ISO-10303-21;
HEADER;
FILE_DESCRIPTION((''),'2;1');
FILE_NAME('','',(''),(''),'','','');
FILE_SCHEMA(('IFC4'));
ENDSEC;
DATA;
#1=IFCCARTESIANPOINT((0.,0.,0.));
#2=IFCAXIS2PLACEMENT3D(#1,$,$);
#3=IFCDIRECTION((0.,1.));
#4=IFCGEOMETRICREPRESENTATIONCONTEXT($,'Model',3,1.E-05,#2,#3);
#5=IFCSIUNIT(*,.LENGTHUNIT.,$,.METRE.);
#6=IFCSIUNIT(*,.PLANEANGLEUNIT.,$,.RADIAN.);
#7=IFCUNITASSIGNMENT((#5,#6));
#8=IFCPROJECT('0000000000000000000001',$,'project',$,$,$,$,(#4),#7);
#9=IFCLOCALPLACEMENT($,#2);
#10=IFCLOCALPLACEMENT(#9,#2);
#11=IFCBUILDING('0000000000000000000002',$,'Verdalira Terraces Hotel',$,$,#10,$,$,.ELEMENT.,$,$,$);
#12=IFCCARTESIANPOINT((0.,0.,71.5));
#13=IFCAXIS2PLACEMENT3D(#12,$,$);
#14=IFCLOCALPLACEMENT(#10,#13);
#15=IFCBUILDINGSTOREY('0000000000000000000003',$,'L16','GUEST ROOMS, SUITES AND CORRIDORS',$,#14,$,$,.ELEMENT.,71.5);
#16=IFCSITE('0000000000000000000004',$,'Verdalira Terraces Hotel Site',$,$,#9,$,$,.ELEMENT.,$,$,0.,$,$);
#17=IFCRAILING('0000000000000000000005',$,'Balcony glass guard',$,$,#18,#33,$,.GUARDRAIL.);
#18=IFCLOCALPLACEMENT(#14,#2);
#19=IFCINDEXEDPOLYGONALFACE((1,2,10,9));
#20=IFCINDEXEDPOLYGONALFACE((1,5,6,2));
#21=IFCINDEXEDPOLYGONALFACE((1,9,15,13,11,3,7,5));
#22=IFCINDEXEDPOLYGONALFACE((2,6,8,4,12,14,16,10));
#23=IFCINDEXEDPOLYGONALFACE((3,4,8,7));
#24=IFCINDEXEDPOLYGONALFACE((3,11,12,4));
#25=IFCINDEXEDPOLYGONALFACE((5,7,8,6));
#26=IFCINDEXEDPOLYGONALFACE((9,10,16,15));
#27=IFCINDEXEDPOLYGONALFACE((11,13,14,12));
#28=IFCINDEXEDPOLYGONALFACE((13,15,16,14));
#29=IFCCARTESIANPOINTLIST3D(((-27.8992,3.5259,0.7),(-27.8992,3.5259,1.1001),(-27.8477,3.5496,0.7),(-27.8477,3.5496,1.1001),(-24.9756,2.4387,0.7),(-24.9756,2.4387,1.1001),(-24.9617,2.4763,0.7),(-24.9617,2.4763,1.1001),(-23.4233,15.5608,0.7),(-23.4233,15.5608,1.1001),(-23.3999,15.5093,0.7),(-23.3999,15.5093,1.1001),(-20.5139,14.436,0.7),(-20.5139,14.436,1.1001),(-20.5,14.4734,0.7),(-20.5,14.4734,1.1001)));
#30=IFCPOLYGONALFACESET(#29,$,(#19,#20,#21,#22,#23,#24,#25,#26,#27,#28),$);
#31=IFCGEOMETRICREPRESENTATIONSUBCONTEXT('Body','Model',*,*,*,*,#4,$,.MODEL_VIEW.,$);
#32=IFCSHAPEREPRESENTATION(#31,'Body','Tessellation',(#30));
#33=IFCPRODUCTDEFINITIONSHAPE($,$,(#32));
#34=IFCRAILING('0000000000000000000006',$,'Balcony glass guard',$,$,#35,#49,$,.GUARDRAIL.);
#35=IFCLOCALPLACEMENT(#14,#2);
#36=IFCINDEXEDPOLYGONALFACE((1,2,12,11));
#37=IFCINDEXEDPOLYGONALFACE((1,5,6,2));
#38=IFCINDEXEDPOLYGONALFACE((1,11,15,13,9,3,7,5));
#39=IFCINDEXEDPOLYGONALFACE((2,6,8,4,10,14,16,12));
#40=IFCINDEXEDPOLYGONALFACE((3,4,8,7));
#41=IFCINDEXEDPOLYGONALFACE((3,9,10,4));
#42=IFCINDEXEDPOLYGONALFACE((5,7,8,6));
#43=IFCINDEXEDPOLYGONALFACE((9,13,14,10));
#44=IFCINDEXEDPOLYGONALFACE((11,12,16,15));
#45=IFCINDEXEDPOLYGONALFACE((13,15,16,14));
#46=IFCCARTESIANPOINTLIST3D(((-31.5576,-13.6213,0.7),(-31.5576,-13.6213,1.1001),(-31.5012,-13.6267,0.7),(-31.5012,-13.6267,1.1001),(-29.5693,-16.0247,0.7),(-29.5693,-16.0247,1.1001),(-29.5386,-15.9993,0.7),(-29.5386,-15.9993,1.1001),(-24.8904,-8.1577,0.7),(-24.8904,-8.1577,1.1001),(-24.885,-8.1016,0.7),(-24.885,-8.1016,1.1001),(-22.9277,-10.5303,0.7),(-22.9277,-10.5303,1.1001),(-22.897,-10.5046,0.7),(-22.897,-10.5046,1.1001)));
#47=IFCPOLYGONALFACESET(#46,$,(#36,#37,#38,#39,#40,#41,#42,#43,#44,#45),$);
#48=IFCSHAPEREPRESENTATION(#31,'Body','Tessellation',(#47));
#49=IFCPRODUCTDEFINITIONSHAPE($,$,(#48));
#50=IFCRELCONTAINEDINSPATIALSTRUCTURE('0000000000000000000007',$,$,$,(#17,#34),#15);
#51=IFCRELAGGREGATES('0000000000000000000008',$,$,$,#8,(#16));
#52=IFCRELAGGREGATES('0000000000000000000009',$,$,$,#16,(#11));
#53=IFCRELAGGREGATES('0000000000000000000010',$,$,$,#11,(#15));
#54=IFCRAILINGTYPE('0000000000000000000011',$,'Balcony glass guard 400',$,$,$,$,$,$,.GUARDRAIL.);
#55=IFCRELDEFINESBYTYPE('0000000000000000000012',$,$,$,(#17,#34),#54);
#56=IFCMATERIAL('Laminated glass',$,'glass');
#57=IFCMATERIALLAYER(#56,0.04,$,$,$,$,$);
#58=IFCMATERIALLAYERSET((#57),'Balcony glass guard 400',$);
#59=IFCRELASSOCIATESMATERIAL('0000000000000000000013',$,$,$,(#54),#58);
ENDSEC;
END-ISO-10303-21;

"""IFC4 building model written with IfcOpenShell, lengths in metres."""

from ifc_helpers import new_model, si_unit, direction, frame, origin, place, context, subcontext, project, spatial, polyline, outline, extrude, material, layer, layer_set, type_object, element, save


model = new_model("IFC4")

# Units and contexts
model_context = context("Model", 3, precision=1e-05, world=origin(), true_north=direction((0.0, 1.0)))
body_context = subcontext(model_context, "Body", "Model", "MODEL_VIEW")
ifc_project = project(units=[si_unit("LENGTHUNIT", "METRE"), si_unit("PLANEANGLEUNIT", "RADIAN")], contexts=[model_context])

# Site, building, storey
site_placement = place(None, origin())
site = spatial("IfcSite", under=ifc_project, at=site_placement, Name="Verdalira Terraces Hotel Site", CompositionType="ELEMENT", RefElevation=0.0)
building_placement = place(site_placement, origin())
building = spatial("IfcBuilding", under=site, at=building_placement, Name="Verdalira Terraces Hotel", CompositionType="ELEMENT")
storey_placement = place(building_placement, frame((0.0, 0.0, 71.5)))
storey = spatial("IfcBuildingStorey", under=building, at=storey_placement, Name="L16", Description="GUEST ROOMS, SUITES AND CORRIDORS", CompositionType="ELEMENT", Elevation=71.5)

# Railings
ifc_material_1 = material(Name="Laminated glass", Category="glass")
ifc_layer_1 = layer(ifc_material_1, 0.04)
ifc_layer_set_1 = layer_set([ifc_layer_1], Name="Balcony glass guard 400")
railing_type = type_object("IfcRailingType", Name="Balcony glass guard 400", PredefinedType="GUARDRAIL", material=ifc_layer_set_1)
railing_1_placement = place(storey_placement, frame((0.0, 0.0, 0.7)))
element("IfcRailing", 1, at=railing_1_placement, inside=storey, type_object=railing_type, Name="Balcony glass guard", PredefinedType="GUARDRAIL", context=body_context, shape_type="SweptSolid", body=[
    extrude(outline(polyline([(-23.3999, 15.5093), (-27.8477, 3.5496), (-24.9617, 2.4763), (-24.9756, 2.4387), (-27.8992, 3.5259), (-23.4233, 15.5608), (-20.5, 14.4734), (-20.5139, 14.436), (-23.3999, 15.5093)])), origin(), (0.0, 0.0, 1.0), 0.4001),
])
railing_2_placement = place(storey_placement, frame((0.0, 0.0, 0.7)))
element("IfcRailing", 2, at=railing_2_placement, inside=storey, type_object=railing_type, Name="Balcony glass guard", PredefinedType="GUARDRAIL", context=body_context, shape_type="SweptSolid", body=[
    extrude(outline(polyline([(-24.8904, -8.1577), (-31.5012, -13.6267), (-29.5386, -15.9993), (-29.5693, -16.0247), (-31.5576, -13.6213), (-24.885, -8.1016), (-22.897, -10.5046), (-22.9277, -10.5303), (-24.8904, -8.1577)])), origin(), (0.0, 0.0, 1.0), 0.4001),
])

save(model, "model.ifc")
